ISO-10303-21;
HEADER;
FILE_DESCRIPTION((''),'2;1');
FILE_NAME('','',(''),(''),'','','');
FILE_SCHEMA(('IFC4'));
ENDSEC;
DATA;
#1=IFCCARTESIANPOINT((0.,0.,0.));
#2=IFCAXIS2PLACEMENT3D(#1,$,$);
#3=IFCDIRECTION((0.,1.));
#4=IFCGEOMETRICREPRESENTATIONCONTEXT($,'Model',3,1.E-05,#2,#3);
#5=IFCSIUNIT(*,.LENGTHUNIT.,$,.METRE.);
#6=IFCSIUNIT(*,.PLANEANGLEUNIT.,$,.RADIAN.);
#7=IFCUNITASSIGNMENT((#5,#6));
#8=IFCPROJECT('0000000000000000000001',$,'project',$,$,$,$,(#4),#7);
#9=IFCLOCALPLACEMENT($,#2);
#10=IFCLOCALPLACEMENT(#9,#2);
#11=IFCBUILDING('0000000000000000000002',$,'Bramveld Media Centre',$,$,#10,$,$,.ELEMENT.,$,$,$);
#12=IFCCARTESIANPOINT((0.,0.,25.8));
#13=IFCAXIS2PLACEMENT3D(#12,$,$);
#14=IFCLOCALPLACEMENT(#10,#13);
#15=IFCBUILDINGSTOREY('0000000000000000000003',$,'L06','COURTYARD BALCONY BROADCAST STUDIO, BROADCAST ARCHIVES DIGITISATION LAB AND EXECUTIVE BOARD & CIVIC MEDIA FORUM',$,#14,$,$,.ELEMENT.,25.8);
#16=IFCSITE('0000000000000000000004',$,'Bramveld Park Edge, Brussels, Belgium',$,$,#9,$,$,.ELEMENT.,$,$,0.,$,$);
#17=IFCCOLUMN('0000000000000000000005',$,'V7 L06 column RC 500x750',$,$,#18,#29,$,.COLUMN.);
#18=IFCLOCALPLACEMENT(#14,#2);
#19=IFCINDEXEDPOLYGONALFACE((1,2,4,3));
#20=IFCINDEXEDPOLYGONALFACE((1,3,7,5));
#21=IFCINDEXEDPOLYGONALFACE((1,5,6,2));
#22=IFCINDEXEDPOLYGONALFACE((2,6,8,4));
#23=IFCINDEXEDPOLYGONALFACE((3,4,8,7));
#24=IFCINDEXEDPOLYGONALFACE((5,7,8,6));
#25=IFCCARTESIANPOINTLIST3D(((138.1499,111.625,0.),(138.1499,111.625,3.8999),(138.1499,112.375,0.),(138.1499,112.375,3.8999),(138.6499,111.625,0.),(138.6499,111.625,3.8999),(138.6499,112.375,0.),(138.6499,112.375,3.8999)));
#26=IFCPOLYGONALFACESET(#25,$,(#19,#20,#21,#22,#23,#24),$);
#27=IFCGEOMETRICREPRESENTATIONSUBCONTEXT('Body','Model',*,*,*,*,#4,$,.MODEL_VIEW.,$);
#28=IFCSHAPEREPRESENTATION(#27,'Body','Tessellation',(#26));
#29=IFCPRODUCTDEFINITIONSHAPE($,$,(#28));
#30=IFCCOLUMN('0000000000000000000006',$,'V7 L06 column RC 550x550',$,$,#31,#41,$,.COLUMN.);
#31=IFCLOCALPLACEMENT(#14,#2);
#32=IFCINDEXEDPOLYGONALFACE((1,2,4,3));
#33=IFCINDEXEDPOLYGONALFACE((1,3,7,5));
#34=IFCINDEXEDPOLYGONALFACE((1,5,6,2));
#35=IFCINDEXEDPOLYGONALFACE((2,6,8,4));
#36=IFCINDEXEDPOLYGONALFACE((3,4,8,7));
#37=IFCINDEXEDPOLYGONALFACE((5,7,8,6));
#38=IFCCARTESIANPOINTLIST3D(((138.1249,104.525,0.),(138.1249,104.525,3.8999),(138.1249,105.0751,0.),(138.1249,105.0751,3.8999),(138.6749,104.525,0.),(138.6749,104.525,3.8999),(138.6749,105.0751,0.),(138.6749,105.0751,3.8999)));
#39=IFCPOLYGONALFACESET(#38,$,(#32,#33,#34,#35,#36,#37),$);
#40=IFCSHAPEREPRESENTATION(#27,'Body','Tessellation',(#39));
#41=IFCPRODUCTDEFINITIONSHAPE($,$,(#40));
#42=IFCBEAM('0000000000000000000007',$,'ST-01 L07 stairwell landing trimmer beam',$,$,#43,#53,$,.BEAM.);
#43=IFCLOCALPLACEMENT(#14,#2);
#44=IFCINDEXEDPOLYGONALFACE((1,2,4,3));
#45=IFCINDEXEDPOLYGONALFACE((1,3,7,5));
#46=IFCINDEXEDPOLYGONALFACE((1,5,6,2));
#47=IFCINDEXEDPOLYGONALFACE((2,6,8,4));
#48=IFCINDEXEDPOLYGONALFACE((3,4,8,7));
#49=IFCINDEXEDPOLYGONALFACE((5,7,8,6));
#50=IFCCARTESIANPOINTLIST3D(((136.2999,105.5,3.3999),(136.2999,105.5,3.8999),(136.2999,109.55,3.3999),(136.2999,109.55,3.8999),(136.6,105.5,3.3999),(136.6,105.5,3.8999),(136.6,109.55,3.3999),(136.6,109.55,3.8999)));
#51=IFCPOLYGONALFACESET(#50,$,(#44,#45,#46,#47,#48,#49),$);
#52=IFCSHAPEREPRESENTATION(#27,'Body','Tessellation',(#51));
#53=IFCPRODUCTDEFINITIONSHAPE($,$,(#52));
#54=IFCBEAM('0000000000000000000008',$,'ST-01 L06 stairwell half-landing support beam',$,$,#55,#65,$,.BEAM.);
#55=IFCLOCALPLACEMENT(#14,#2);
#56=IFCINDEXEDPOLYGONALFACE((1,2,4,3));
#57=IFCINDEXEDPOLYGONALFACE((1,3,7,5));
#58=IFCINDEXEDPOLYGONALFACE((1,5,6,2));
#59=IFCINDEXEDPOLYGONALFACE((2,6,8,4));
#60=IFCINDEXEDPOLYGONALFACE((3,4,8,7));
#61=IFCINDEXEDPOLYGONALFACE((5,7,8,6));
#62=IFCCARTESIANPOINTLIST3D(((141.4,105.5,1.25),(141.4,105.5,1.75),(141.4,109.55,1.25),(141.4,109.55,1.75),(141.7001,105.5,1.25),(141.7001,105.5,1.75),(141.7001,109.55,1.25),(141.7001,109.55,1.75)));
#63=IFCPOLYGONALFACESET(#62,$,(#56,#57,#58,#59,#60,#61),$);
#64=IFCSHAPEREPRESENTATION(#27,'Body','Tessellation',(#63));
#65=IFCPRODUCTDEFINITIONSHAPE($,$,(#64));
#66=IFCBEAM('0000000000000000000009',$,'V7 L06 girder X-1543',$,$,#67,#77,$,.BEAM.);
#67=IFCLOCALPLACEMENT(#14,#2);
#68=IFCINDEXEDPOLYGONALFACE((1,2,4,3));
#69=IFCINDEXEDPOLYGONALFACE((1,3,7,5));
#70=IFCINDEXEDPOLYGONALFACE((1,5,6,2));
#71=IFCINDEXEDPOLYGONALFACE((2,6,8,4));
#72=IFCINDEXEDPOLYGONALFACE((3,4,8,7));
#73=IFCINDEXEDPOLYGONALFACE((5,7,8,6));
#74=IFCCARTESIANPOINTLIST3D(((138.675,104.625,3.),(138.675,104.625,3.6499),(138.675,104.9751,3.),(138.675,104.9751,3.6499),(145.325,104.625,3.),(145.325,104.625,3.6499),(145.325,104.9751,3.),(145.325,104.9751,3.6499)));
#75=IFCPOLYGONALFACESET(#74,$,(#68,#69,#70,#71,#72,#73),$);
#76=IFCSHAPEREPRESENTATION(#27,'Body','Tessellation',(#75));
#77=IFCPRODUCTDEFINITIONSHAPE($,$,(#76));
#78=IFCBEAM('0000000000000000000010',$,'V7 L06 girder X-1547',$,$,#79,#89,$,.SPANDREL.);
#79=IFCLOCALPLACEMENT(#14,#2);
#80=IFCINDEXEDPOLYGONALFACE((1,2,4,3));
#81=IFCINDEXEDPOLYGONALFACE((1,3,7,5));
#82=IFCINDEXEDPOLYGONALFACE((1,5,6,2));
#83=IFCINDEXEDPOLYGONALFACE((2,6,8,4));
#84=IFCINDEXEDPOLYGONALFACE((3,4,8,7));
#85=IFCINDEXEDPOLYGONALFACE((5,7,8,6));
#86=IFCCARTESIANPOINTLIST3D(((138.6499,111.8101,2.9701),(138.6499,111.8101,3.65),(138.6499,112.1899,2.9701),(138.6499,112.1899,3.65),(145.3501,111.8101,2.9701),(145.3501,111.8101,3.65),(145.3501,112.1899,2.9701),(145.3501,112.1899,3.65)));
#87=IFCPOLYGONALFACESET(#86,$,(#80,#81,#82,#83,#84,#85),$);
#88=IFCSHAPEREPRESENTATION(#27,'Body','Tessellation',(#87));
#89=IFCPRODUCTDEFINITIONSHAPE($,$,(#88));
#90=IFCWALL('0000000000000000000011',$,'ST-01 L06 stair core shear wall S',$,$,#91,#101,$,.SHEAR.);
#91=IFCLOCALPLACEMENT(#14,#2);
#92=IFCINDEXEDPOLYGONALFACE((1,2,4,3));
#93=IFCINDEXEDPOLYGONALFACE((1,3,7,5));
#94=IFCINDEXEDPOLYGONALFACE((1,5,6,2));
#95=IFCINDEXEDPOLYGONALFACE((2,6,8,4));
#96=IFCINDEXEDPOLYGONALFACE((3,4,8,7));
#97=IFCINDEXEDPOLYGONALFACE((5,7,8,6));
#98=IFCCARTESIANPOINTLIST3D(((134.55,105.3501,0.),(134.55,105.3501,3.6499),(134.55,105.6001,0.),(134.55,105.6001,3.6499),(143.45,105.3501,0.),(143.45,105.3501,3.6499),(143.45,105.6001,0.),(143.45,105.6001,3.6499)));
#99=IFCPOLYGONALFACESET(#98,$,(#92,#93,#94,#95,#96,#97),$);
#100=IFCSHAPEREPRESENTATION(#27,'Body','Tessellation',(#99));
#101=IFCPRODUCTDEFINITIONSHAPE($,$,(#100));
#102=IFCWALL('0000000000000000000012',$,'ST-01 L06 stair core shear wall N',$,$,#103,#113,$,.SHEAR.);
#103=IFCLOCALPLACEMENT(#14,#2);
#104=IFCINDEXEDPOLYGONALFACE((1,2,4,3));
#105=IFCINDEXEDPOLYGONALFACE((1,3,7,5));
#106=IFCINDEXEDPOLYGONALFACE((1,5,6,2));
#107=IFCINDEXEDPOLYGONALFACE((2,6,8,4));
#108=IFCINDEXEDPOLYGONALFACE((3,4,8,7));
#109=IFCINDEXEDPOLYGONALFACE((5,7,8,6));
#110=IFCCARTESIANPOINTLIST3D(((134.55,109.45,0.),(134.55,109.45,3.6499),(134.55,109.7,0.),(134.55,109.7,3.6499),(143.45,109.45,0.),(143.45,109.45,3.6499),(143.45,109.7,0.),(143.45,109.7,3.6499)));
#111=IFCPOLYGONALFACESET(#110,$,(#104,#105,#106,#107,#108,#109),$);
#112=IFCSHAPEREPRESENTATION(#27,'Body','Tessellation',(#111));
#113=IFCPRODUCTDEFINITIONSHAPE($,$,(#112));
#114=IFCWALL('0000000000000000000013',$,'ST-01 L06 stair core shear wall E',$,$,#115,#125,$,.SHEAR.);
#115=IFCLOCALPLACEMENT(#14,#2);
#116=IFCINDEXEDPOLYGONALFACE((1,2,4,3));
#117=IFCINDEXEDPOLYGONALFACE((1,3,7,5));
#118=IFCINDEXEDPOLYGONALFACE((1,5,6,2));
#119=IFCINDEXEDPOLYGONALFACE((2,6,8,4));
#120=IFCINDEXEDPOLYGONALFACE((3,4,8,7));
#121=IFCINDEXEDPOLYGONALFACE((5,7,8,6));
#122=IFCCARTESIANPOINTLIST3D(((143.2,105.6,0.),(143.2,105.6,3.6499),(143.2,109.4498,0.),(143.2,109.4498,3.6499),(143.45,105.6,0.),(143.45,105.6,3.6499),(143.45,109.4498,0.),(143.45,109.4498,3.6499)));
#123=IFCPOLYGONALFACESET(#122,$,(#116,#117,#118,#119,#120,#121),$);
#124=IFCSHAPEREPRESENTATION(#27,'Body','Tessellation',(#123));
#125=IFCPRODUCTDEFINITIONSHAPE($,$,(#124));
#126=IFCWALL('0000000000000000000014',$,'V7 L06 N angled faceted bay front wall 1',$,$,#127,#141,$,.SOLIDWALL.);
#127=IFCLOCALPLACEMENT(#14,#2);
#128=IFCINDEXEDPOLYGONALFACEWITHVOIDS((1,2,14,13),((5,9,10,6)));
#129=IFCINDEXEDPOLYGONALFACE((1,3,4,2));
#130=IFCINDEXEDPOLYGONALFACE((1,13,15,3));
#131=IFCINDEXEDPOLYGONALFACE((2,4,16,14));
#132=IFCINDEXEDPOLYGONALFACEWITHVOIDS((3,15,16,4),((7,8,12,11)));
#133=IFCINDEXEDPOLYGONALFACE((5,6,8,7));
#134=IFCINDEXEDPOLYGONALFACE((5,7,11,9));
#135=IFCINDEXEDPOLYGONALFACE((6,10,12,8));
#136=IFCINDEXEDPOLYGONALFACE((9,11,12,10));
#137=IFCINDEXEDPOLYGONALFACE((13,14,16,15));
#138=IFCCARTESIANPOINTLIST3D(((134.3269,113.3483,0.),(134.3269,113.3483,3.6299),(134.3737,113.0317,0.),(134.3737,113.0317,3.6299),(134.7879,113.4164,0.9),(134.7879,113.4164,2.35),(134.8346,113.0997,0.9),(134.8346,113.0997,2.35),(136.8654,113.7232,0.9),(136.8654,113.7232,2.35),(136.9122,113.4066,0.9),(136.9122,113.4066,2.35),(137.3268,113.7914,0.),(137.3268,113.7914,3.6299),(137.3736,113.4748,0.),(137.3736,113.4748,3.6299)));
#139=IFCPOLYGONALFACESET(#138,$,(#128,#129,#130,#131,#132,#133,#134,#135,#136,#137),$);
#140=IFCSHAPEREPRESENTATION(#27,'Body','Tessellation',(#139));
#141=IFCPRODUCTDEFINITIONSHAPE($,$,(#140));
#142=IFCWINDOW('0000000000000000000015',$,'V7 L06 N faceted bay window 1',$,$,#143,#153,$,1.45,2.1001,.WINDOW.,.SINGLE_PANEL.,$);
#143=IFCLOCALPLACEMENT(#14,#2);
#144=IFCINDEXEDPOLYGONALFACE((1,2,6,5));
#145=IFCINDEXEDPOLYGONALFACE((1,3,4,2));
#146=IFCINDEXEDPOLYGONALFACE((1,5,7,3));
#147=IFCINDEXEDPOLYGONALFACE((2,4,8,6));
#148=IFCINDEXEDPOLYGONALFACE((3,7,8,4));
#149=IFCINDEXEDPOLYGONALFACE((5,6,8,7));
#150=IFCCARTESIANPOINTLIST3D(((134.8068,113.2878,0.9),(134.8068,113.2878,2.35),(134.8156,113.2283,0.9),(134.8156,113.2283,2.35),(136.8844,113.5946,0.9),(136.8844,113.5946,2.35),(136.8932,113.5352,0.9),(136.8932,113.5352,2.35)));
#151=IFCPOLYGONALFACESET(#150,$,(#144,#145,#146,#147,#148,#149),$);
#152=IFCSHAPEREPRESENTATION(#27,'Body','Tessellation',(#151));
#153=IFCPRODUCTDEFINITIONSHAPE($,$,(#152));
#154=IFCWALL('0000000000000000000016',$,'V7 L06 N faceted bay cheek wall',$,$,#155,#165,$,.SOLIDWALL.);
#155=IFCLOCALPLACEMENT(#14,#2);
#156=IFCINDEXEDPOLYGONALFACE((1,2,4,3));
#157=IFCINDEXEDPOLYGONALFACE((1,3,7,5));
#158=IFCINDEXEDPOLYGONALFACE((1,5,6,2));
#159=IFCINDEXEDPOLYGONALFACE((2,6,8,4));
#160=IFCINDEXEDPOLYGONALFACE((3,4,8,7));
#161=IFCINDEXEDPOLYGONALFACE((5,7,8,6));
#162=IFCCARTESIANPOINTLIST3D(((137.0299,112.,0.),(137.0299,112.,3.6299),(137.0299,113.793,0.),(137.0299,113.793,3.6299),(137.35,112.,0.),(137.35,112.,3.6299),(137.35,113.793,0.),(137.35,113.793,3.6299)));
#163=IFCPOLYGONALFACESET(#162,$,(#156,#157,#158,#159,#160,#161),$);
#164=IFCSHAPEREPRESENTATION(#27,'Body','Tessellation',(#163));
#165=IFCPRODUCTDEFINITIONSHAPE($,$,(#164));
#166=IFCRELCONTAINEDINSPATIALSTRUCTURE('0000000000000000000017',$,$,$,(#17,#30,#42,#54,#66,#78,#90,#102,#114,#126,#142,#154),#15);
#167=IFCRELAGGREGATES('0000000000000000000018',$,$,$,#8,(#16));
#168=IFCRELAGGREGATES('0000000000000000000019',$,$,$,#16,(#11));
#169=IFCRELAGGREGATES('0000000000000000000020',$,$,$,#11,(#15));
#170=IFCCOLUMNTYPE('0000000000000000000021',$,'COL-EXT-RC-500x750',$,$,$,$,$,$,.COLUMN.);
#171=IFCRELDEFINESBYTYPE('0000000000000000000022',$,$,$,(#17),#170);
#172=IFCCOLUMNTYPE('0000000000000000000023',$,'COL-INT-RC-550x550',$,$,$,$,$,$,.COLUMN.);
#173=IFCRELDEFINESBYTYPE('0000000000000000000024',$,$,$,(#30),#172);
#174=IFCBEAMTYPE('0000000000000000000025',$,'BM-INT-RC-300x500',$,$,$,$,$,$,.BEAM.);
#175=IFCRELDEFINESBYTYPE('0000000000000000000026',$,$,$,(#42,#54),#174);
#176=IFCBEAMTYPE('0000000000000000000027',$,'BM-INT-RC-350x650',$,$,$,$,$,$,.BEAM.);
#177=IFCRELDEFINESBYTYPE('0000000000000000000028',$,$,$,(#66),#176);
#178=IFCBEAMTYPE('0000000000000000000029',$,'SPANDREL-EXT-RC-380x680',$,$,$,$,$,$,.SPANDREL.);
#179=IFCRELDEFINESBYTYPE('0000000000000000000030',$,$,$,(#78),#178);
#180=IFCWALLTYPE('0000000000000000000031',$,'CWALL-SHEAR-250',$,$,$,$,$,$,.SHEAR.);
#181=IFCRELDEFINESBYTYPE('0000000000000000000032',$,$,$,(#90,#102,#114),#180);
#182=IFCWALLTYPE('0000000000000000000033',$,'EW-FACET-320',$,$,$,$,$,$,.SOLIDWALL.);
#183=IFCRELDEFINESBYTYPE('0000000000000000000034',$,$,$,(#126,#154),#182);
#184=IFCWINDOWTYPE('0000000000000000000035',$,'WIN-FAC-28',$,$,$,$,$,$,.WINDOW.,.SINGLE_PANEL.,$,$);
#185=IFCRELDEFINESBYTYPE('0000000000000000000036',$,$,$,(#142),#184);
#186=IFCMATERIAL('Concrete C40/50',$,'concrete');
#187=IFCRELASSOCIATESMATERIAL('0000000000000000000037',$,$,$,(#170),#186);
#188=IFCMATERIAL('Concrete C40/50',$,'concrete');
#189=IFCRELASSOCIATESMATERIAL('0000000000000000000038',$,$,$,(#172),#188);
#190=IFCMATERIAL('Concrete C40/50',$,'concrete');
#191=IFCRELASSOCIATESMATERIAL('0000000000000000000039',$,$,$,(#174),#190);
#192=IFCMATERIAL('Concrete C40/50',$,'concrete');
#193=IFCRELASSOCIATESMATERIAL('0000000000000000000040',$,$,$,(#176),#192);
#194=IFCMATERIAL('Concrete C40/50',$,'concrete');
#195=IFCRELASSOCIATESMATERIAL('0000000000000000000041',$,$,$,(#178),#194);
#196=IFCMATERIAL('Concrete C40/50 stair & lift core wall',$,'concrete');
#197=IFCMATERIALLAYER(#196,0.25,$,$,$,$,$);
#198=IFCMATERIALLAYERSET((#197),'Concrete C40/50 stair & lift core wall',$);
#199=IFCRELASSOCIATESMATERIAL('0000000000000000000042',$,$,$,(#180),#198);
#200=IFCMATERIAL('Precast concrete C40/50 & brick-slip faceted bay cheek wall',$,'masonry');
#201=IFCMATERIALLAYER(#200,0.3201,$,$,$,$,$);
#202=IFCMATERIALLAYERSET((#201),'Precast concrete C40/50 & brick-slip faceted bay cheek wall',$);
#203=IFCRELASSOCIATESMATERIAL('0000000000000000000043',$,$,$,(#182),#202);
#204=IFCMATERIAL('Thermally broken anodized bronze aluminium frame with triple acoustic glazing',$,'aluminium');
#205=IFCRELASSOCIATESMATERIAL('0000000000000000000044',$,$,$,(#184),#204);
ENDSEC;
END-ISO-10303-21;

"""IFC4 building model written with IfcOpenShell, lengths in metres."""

from ifc_helpers import new_model, si_unit, direction, frame, frame_2d, origin, origin_2d, place, context, subcontext, project, spatial, rectangle, extrude, material, layer, layer_set, material_profile, profile_set, type_object, element, fill, save


model = new_model("IFC4")

# Units and contexts
model_context = context("Model", 3, precision=1e-05, world=origin(), true_north=direction((0.0, 1.0)))
body_context = subcontext(model_context, "Body", "Model", "MODEL_VIEW")
ifc_project = project(units=[si_unit("LENGTHUNIT", "METRE"), si_unit("PLANEANGLEUNIT", "RADIAN")], contexts=[model_context])

# Site, building, storey
site_placement = place(None, origin())
site = spatial("IfcSite", under=ifc_project, at=site_placement, Name="Bramveld Park Edge, Brussels, Belgium", CompositionType="ELEMENT", RefElevation=0.0)
building_placement = place(site_placement, origin())
building = spatial("IfcBuilding", under=site, at=building_placement, Name="Bramveld Media Centre", CompositionType="ELEMENT")
storey_placement = place(building_placement, frame((0.0, 0.0, 25.8)))
storey = spatial("IfcBuildingStorey", under=building, at=storey_placement, Name="L06", Description="COURTYARD BALCONY BROADCAST STUDIO, BROADCAST ARCHIVES DIGITISATION LAB AND EXECUTIVE BOARD & CIVIC MEDIA FORUM", CompositionType="ELEMENT", Elevation=25.8)

# Columns
ifc_material_1 = material(Name="Concrete C40/50", Category="concrete")
ifc_material_profile_1 = material_profile(ifc_material_1, rectangle(XDim=0.5, YDim=0.75, at=origin_2d()), Name="RC 500x750")
ifc_profile_set_1 = profile_set([ifc_material_profile_1], Name="Concrete C40/50")
column_type_1 = type_object("IfcColumnType", Name="COL-EXT-RC-500x750", PredefinedType="COLUMN", material=ifc_profile_set_1)
column_1_placement = place(storey_placement, frame((138.3999, 112.0, 0.0), z_axis=(0.0, 0.0, 1.0), x_axis=(1.0, 0.0, 0.0)))
element("IfcColumn", 1, at=column_1_placement, inside=storey, type_object=column_type_1, Name="V7 L06 column RC 500x750", PredefinedType="COLUMN", context=body_context, shape_type="SweptSolid", body=[
    extrude(rectangle(XDim=0.5, YDim=0.75, at=origin_2d()), origin(), (0.0, 0.0, 1.0), 3.8999),
])
ifc_material_2 = material(Name="Concrete C40/50", Category="concrete")
ifc_material_profile_2 = material_profile(ifc_material_2, rectangle(XDim=0.55, YDim=0.55, at=origin_2d()), Name="RC 550x550")
ifc_profile_set_2 = profile_set([ifc_material_profile_2], Name="Concrete C40/50")
column_type_2 = type_object("IfcColumnType", Name="COL-INT-RC-550x550", PredefinedType="COLUMN", material=ifc_profile_set_2)
column_2_placement = place(storey_placement, frame((138.3999, 104.8, 0.0), z_axis=(0.0, 0.0, 1.0), x_axis=(1.0, 0.0, 0.0)))
element("IfcColumn", 2, at=column_2_placement, inside=storey, type_object=column_type_2, Name="V7 L06 column RC 550x550", PredefinedType="COLUMN", context=body_context, shape_type="SweptSolid", body=[
    extrude(rectangle(XDim=0.55, YDim=0.55, at=origin_2d()), origin(), (0.0, 0.0, 1.0), 3.8999),
])

# Beams
ifc_material_3 = material(Name="Concrete C40/50", Category="concrete")
ifc_material_profile_3 = material_profile(ifc_material_3, rectangle(XDim=0.3, YDim=0.5, at=origin_2d()), Name="RC 300x500")
ifc_profile_set_3 = profile_set([ifc_material_profile_3], Name="Concrete C40/50")
beam_type_1 = type_object("IfcBeamType", Name="BM-INT-RC-300x500", PredefinedType="BEAM", material=ifc_profile_set_3)
for number, where, z_axis, x_axis, name in (
    (3, (136.45, 105.5, 3.6499), (0.0, 1.0, 0.0), (-1.0, 0.0, 0.0), "ST-01 L07 stairwell landing trimmer beam"),
    (4, (141.55, 105.5, 1.5), (0.0, 1.0, 0.0), (-1.0, 0.0, 0.0), "ST-01 L06 stairwell half-landing support beam"),
):
    element("IfcBeam", number, at=place(storey_placement, frame(where, z_axis=z_axis, x_axis=x_axis)), inside=storey, type_object=beam_type_1, Name=name, PredefinedType="BEAM", context=body_context, shape_type="SweptSolid", body=[
        extrude(rectangle(XDim=0.3, YDim=0.5, at=origin_2d()), origin(), (0.0, 0.0, 1.0), 4.05),
    ])
ifc_material_4 = material(Name="Concrete C40/50", Category="concrete")
ifc_material_profile_4 = material_profile(ifc_material_4, rectangle(XDim=0.3501, YDim=0.6499, at=origin_2d()), Name="RC 350x650")
ifc_profile_set_4 = profile_set([ifc_material_profile_4], Name="Concrete C40/50")
beam_type_2 = type_object("IfcBeamType", Name="BM-INT-RC-350x650", PredefinedType="BEAM", material=ifc_profile_set_4)
beam_1_placement = place(storey_placement, frame((138.675, 104.8, 3.325), z_axis=(1.0, 0.0, 0.0), x_axis=(0.0, 1.0, 0.0)))
element("IfcBeam", 5, at=beam_1_placement, inside=storey, type_object=beam_type_2, Name="V7 L06 girder X-1543", PredefinedType="BEAM", context=body_context, shape_type="SweptSolid", body=[
    extrude(rectangle(XDim=0.3501, YDim=0.6499, at=origin_2d()), origin(), (0.0, 0.0, 1.0), 6.6499),
])
ifc_material_5 = material(Name="Concrete C40/50", Category="concrete")
ifc_material_profile_5 = material_profile(ifc_material_5, rectangle(XDim=0.3799, YDim=0.6799, at=origin_2d()), Name="RC 380x680")
ifc_profile_set_5 = profile_set([ifc_material_profile_5], Name="Concrete C40/50")
beam_type_3 = type_object("IfcBeamType", Name="SPANDREL-EXT-RC-380x680", PredefinedType="SPANDREL", material=ifc_profile_set_5)
beam_2_placement = place(storey_placement, frame((138.6499, 112.0, 3.3101), z_axis=(1.0, 0.0, 0.0), x_axis=(0.0, 1.0, 0.0)))
element("IfcBeam", 6, at=beam_2_placement, inside=storey, type_object=beam_type_3, Name="V7 L06 girder X-1547", PredefinedType="SPANDREL", context=body_context, shape_type="SweptSolid", body=[
    extrude(rectangle(XDim=0.3799, YDim=0.6799, at=origin_2d()), origin(), (0.0, 0.0, 1.0), 6.7002),
])

# Walls
ifc_material_6 = material(Name="Concrete C40/50 stair & lift core wall", Category="concrete")
ifc_layer_1 = layer(ifc_material_6, 0.25)
ifc_layer_set_1 = layer_set([ifc_layer_1], Name="Concrete C40/50 stair & lift core wall")
wall_type_1 = type_object("IfcWallType", Name="CWALL-SHEAR-250", PredefinedType="SHEAR", material=ifc_layer_set_1)
for number, where, z_axis, x_axis, name in (
    (7, (134.55, 105.4751, 0.0), (0.0, 0.0, 1.0), (1.0, 0.0, 0.0), "ST-01 L06 stair core shear wall S"),
    (8, (143.45, 109.575, 0.0), (0.0, 0.0, 1.0), (-1.0, 0.0, 0.0), "ST-01 L06 stair core shear wall N"),
):
    element("IfcWall", number, at=place(storey_placement, frame(where, z_axis=z_axis, x_axis=x_axis)), inside=storey, type_object=wall_type_1, Name=name, PredefinedType="SHEAR", context=body_context, shape_type="SweptSolid", body=[
        extrude(rectangle(XDim=8.8999, YDim=0.25, at=frame_2d((4.45, 0.0))), origin(), (0.0, 0.0, 1.0), 3.6499),
    ])

# Wall
wall_1_placement = place(storey_placement, frame((143.325, 105.6001, 0.0), z_axis=(0.0, 0.0, 1.0), x_axis=(0.0, 1.0, 0.0)))
element("IfcWall", 9, at=wall_1_placement, inside=storey, type_object=wall_type_1, Name="ST-01 L06 stair core shear wall E", PredefinedType="SHEAR", context=body_context, shape_type="SweptSolid", body=[
    extrude(rectangle(XDim=3.8499, YDim=0.25, at=frame_2d((1.9248, 0.0))), origin(), (0.0, 0.0, 1.0), 3.6499),
])

# Wall, opening, window
ifc_material_7 = material(Name="Precast concrete C40/50 & brick-slip faceted bay cheek wall", Category="masonry")
ifc_layer_2 = layer(ifc_material_7, 0.3201)
ifc_layer_set_2 = layer_set([ifc_layer_2], Name="Precast concrete C40/50 & brick-slip faceted bay cheek wall")
wall_type_2 = type_object("IfcWallType", Name="EW-FACET-320", PredefinedType="SOLIDWALL", material=ifc_layer_set_2)
wall_2_placement = place(storey_placement, frame((137.3501, 113.6331, 0.0), z_axis=(0.0, 0.0, 1.0), x_axis=(-0.989267, -0.14612, 0.0)))
wall_2 = element("IfcWall", 10, at=wall_2_placement, inside=storey, type_object=wall_type_2, Name="V7 L06 N angled faceted bay front wall 1", PredefinedType="SOLIDWALL", context=body_context, shape_type="SweptSolid", body=[
    extrude(rectangle(XDim=3.0325, YDim=0.3201, at=frame_2d((1.5161, 0.0))), origin(), (0.0, 0.0, 1.0), 3.6299),
])
opening_1_placement = place(wall_2_placement, frame((0.4663, 0.0, 0.8999)))
opening_1 = element("IfcOpeningElement", 11, at=opening_1_placement, cuts=wall_2, PredefinedType="OPENING", context=body_context, shape_type="SweptSolid", body=[
    extrude(rectangle(XDim=2.1001, YDim=1.45, at=frame_2d((1.05, 0.7251))), frame((0.0, 0.1719, 0.0), z_axis=(0.0, -1.0, 0.0), x_axis=(1.0, 0.0, 0.0)), (0.0, 0.0, 1.0), 0.344),
])
ifc_material_8 = material(Name="Thermally broken anodized bronze aluminium frame with triple acoustic glazing", Category="aluminium")
window_type_1 = type_object("IfcWindowType", Name="WIN-FAC-28", PartitioningType="SINGLE_PANEL", PredefinedType="WINDOW", material=ifc_material_8)
window_1_placement = place(opening_1_placement, origin())
window_1 = element("IfcWindow", 12, at=window_1_placement, inside=storey, type_object=window_type_1, Name="V7 L06 N faceted bay window 1", OverallHeight=1.45, OverallWidth=2.1001, PartitioningType="SINGLE_PANEL", PredefinedType="WINDOW", context=body_context, shape_type="SweptSolid", body=[
    extrude(rectangle(XDim=2.1001, YDim=1.45, at=frame_2d((1.05, 0.7251))), frame((0.0, 0.03, 0.0), z_axis=(0.0, -1.0, 0.0), x_axis=(1.0, 0.0, 0.0)), (0.0, 0.0, 1.0), 0.0601),
])
fill(opening_1, window_1)

# Wall
wall_3_placement = place(storey_placement, frame((137.1899, 112.0, 0.0), z_axis=(0.0, 0.0, 1.0), x_axis=(0.0, 1.0, 0.0)))
element("IfcWall", 13, at=wall_3_placement, inside=storey, type_object=wall_type_2, Name="V7 L06 N faceted bay cheek wall", PredefinedType="SOLIDWALL", context=body_context, shape_type="SweptSolid", body=[
    extrude(rectangle(XDim=1.793, YDim=0.3201, at=frame_2d((0.8965, 0.0))), origin(), (0.0, 0.0, 1.0), 3.6299),
])

save(model, "model.ifc")
